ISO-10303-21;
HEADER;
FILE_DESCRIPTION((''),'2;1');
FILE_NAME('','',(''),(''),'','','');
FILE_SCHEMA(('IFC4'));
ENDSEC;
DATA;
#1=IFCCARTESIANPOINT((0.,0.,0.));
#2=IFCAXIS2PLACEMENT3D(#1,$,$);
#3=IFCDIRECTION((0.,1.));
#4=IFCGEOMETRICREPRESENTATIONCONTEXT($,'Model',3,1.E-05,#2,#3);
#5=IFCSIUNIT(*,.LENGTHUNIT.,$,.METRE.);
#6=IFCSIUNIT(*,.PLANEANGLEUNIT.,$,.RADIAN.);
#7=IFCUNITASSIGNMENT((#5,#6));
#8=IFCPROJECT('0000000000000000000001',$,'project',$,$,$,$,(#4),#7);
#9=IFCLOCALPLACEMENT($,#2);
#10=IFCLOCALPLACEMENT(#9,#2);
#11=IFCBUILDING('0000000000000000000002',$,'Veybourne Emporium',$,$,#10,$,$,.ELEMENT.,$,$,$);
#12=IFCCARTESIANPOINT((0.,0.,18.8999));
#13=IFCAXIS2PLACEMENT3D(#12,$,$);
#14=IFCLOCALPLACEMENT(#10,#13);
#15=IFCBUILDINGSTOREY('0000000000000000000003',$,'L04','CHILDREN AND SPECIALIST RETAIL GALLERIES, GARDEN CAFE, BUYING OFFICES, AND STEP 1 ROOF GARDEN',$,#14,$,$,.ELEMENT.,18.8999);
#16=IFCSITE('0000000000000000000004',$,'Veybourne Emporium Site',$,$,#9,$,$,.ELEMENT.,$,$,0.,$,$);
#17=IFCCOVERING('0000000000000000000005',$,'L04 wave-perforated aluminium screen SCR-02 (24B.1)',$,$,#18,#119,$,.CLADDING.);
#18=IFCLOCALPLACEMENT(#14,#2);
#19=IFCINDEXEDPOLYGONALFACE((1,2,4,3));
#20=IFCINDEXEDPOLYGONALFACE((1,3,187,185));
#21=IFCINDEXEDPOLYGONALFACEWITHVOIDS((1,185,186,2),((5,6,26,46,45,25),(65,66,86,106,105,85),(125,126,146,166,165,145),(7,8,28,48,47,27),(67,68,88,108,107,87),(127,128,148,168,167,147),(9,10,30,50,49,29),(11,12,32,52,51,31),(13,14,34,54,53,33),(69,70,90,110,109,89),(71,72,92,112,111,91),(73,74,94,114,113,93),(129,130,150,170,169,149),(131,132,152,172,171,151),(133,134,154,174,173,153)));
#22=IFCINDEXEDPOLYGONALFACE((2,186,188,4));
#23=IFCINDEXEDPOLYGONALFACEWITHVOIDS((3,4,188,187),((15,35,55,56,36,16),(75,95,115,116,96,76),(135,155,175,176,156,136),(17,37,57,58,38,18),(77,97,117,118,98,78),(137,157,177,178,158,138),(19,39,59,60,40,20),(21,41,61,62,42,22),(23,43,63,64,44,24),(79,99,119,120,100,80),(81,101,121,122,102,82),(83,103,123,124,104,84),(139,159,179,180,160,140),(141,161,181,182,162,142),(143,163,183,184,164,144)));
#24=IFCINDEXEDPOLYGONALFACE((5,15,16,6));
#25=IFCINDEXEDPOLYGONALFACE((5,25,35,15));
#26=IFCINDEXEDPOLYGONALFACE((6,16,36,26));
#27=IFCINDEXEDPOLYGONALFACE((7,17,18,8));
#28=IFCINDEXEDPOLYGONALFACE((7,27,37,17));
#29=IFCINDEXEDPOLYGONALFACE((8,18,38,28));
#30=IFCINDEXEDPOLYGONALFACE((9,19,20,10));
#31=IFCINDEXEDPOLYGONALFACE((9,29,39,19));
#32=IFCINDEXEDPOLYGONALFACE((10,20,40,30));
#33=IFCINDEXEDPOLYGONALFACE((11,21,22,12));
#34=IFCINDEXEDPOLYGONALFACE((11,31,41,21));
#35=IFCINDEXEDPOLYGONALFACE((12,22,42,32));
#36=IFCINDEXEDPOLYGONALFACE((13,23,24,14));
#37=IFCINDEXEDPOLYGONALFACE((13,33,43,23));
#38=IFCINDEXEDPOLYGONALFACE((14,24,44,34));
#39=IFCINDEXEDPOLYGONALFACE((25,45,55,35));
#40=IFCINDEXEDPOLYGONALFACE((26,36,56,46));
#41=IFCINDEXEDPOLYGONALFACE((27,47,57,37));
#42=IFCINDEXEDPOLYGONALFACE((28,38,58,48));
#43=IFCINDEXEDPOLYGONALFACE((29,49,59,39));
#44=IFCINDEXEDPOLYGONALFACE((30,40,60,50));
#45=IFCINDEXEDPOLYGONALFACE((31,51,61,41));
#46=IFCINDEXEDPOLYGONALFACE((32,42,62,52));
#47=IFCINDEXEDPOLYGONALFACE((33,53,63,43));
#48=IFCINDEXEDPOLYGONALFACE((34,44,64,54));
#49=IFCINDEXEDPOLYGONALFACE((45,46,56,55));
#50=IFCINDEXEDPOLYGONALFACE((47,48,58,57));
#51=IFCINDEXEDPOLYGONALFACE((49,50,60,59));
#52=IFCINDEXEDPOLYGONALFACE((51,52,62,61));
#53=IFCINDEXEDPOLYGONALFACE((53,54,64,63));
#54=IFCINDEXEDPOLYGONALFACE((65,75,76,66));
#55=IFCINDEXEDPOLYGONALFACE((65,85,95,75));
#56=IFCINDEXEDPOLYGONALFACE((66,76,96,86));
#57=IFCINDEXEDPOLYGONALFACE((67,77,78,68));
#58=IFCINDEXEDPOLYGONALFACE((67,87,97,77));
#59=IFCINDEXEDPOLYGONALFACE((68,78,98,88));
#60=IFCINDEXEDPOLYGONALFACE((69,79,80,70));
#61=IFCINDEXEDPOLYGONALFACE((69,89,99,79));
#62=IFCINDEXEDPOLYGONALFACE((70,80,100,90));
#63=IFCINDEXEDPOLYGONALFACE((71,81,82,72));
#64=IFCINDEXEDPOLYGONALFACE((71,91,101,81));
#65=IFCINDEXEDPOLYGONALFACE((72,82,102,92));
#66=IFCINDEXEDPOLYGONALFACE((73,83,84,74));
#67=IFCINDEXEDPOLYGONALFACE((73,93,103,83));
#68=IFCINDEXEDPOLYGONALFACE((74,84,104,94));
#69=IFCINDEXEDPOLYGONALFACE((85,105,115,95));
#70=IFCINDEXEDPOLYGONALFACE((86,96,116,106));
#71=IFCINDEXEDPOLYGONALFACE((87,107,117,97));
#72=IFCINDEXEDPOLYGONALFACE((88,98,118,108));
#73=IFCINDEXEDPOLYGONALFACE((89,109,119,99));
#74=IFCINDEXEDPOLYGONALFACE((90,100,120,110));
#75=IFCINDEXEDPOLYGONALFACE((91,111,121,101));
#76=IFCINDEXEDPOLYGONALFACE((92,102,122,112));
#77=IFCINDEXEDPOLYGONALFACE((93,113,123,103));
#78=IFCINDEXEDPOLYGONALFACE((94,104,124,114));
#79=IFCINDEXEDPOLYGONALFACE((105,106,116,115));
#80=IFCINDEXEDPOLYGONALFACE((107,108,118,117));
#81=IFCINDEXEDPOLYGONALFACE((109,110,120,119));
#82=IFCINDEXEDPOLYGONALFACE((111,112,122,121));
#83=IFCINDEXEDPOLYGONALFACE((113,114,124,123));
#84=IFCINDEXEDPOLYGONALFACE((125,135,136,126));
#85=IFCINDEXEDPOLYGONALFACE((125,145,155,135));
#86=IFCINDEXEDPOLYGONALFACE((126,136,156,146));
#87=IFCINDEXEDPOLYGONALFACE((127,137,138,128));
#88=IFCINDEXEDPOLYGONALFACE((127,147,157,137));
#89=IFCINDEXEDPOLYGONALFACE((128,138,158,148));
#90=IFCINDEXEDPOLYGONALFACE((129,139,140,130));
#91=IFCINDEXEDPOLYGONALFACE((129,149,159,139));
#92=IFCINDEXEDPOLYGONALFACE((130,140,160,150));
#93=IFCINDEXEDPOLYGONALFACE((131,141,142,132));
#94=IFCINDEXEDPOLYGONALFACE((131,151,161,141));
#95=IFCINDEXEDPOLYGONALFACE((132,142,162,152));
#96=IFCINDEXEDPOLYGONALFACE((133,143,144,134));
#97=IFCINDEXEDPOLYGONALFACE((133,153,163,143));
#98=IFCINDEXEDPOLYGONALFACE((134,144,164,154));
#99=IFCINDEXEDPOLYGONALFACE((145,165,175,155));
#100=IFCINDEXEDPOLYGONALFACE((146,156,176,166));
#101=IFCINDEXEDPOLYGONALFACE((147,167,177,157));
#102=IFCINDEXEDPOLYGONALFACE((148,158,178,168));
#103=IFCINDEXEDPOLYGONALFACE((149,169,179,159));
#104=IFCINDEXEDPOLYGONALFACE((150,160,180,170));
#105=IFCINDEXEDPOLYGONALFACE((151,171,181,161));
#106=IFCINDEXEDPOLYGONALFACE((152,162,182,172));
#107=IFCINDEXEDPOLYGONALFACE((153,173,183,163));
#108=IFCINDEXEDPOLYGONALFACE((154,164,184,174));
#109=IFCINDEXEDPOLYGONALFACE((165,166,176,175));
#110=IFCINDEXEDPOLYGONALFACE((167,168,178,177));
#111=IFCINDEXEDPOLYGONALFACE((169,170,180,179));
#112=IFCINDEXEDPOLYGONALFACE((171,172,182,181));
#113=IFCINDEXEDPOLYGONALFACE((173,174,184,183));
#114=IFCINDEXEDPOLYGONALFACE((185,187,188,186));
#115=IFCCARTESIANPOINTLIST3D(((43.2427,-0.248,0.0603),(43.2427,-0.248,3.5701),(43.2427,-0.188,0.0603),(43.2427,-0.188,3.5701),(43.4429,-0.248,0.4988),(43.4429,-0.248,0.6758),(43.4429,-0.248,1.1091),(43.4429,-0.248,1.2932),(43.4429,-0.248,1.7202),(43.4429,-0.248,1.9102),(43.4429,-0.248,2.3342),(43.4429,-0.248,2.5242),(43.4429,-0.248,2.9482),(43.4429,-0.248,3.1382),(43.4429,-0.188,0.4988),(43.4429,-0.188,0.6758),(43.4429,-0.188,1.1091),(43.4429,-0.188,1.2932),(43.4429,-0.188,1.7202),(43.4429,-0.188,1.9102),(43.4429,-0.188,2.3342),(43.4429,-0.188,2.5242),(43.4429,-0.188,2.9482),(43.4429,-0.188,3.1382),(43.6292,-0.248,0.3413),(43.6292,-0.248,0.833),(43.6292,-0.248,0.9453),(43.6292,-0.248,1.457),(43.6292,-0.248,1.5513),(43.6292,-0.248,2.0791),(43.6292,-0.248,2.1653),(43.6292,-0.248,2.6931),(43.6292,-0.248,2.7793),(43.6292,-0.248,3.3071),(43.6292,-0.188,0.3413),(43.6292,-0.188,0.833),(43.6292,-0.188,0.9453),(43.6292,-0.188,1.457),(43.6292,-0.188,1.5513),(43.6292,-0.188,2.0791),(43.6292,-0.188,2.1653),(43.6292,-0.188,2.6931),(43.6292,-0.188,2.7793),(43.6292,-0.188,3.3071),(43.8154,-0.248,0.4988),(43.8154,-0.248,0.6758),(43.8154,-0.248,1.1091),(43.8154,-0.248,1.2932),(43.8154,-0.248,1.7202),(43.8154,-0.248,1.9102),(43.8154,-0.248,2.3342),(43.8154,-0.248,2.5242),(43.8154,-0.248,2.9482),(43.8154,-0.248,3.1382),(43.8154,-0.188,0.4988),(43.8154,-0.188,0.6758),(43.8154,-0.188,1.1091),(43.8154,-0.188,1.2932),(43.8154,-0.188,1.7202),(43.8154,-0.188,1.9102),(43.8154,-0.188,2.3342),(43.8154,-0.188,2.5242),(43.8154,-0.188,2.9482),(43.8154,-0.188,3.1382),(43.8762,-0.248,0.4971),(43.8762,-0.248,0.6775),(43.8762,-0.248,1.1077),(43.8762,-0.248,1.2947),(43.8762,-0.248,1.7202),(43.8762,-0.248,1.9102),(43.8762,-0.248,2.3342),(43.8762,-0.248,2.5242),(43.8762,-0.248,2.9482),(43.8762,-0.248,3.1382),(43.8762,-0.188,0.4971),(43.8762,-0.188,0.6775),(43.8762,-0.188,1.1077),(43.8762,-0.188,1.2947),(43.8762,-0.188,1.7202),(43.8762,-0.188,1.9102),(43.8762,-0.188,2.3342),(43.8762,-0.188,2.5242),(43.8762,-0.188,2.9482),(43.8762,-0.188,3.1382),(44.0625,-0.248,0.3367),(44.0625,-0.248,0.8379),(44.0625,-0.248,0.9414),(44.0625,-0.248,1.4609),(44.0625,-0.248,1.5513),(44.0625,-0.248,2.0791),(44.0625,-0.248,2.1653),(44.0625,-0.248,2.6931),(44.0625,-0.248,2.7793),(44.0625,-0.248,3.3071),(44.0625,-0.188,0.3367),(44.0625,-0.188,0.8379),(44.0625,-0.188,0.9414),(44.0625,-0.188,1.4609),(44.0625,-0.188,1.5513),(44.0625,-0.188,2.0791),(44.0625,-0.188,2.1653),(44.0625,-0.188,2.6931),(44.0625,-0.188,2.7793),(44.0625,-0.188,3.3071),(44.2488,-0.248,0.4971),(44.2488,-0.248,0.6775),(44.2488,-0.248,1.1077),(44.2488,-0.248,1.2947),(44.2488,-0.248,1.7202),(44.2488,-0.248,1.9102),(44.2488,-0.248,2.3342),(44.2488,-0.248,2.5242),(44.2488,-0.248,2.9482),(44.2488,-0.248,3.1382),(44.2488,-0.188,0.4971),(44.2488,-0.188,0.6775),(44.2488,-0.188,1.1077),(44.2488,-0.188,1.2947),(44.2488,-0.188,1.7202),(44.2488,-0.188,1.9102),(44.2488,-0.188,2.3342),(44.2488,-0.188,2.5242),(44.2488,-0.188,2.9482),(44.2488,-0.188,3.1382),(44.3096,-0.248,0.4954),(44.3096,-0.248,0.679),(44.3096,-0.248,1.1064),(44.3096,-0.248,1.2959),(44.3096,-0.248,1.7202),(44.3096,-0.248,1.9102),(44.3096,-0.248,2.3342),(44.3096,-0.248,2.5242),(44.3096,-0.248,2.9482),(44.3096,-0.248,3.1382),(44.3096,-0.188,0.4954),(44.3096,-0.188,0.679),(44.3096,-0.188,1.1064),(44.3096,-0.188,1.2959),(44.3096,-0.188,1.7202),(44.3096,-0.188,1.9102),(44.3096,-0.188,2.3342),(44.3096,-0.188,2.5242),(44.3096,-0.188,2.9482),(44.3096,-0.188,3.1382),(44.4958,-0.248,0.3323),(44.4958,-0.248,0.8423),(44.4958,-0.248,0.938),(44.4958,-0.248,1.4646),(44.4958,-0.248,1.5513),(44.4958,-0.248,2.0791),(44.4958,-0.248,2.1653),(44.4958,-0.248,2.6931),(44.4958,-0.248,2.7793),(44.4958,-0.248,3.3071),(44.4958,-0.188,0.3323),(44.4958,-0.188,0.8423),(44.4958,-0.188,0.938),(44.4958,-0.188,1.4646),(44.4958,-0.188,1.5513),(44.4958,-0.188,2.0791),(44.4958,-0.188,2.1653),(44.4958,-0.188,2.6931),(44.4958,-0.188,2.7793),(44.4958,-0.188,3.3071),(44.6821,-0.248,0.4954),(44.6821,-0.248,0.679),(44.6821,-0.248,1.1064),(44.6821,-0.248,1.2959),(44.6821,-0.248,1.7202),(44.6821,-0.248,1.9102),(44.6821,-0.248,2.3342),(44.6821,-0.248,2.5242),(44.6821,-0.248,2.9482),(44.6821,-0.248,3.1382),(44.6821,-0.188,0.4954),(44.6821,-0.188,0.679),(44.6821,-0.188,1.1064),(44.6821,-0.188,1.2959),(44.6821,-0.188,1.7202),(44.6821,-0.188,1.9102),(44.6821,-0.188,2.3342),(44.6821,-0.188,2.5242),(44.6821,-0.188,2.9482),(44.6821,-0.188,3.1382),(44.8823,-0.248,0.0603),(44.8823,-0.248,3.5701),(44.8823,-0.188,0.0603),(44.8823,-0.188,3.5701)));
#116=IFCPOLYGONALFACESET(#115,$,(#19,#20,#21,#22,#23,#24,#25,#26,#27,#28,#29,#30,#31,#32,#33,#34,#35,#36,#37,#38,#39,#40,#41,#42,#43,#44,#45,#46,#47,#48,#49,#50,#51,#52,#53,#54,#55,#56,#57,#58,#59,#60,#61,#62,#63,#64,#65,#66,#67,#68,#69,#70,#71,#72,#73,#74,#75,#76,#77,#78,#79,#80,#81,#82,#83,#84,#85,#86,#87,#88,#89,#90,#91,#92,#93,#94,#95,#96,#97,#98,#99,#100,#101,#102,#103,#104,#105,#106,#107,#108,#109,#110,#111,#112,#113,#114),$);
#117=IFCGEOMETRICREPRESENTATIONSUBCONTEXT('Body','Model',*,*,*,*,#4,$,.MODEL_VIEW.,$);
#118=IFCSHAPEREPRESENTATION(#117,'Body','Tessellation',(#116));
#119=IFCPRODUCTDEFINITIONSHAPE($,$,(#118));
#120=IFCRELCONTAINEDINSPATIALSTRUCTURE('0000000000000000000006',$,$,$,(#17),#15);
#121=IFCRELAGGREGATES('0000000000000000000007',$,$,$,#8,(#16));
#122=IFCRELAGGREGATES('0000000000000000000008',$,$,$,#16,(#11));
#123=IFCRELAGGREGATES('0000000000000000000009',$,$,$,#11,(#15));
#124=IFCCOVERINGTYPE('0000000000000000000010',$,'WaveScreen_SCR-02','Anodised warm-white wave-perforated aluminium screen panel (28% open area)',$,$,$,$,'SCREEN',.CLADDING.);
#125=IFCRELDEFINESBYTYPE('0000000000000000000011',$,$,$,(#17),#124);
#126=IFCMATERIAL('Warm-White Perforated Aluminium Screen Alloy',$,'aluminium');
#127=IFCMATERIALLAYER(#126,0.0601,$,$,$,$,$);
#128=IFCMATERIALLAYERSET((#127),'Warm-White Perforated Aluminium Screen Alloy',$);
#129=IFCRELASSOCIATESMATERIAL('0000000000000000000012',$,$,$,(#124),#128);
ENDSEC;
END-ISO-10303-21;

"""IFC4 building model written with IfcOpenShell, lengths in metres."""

from ifc_helpers import new_model, si_unit, direction, frame, origin, place, context, subcontext, project, spatial, polyline, outline, extrude, material, layer, layer_set, type_object, element, save


model = new_model("IFC4")

# Units and contexts
model_context = context("Model", 3, precision=1e-05, world=origin(), true_north=direction((0.0, 1.0)))
body_context = subcontext(model_context, "Body", "Model", "MODEL_VIEW")
ifc_project = project(units=[si_unit("LENGTHUNIT", "METRE"), si_unit("PLANEANGLEUNIT", "RADIAN")], contexts=[model_context])

# Site, building, storey
site_placement = place(None, origin())
site = spatial("IfcSite", under=ifc_project, at=site_placement, Name="Veybourne Emporium Site", CompositionType="ELEMENT", RefElevation=0.0)
building_placement = place(site_placement, origin())
building = spatial("IfcBuilding", under=site, at=building_placement, Name="Veybourne Emporium", CompositionType="ELEMENT")
storey_placement = place(building_placement, frame((0.0, 0.0, 18.8999)))
storey = spatial("IfcBuildingStorey", under=building, at=storey_placement, Name="L04", Description="CHILDREN AND SPECIALIST RETAIL GALLERIES, GARDEN CAFE, BUYING OFFICES, AND STEP 1 ROOF GARDEN", CompositionType="ELEMENT", Elevation=18.8999)

# Covering
ifc_material_1 = material(Name="Warm-White Perforated Aluminium Screen Alloy", Category="aluminium")
ifc_layer_1 = layer(ifc_material_1, 0.0601)
ifc_layer_set_1 = layer_set([ifc_layer_1], Name="Warm-White Perforated Aluminium Screen Alloy")
covering_type_1 = type_object("IfcCoveringType", Name="WaveScreen_SCR-02", Description="Anodised warm-white wave-perforated aluminium screen panel (28% open area)", ElementType="SCREEN", PredefinedType="CLADDING", material=ifc_layer_set_1)
covering_1_placement = place(storey_placement, frame((44.0625, -0.248, 1.8152), z_axis=(0.0, 1.0, 0.0), x_axis=(-1.0, 0.0, 0.0)))
element("IfcCovering", 1, at=covering_1_placement, inside=storey, type_object=covering_type_1, Name="L04 wave-perforated aluminium screen SCR-02 (24B.1)", PredefinedType="CLADDING", context=body_context, shape_type="SweptSolid", body=[
    extrude(outline(polyline([(-0.8198, -1.7549), (0.8198, -1.7549), (0.8198, 1.7549), (-0.8198, 1.7549), (-0.8198, -1.7549)]), holes=[polyline([(-0.4333, -0.9729), (-0.2471, -1.1362), (-0.2471, -1.3198), (-0.4333, -1.4829), (-0.6196, -1.3198), (-0.6196, -1.1362), (-0.4333, -0.9729)]), polyline([(-0.4333, -0.3506), (-0.2471, -0.5193), (-0.2471, -0.7087), (-0.4333, -0.8772), (-0.6196, -0.7087), (-0.6196, -0.5193), (-0.4333, -0.3506)]), polyline([(-0.4333, 0.2639), (-0.2471, 0.095), (-0.2471, -0.095), (-0.4333, -0.2639), (-0.6196, -0.095), (-0.6196, 0.095), (-0.4333, 0.2639)]), polyline([(-0.4333, 0.8779), (-0.2471, 0.709), (-0.2471, 0.519), (-0.4333, 0.3501), (-0.6196, 0.519), (-0.6196, 0.709), (-0.4333, 0.8779)]), polyline([(-0.4333, 1.4919), (-0.2471, 1.323), (-0.2471, 1.1331), (-0.4333, 0.9641), (-0.6196, 1.1331), (-0.6196, 1.323), (-0.4333, 1.4919)]), polyline([(0.0, -0.9773), (0.1863, -1.1377), (0.1863, -1.3181), (0.0, -1.4785), (-0.1863, -1.3181), (-0.1863, -1.1377), (0.0, -0.9773)]), polyline([(0.0, -0.3542), (0.1863, -0.5205), (0.1863, -0.7075), (0.0, -0.8738), (-0.1863, -0.7075), (-0.1863, -0.5205), (0.0, -0.3542)]), polyline([(0.0, 0.2639), (0.1863, 0.095), (0.1863, -0.095), (0.0, -0.2639), (-0.1863, -0.095), (-0.1863, 0.095), (0.0, 0.2639)]), polyline([(0.0, 0.8779), (0.1863, 0.709), (0.1863, 0.519), (0.0, 0.3501), (-0.1863, 0.519), (-0.1863, 0.709), (0.0, 0.8779)]), polyline([(0.0, 1.4919), (0.1863, 1.323), (0.1863, 1.1331), (0.0, 0.9641), (-0.1863, 1.1331), (-0.1863, 1.323), (0.0, 1.4919)]), polyline([(0.4333, -0.9822), (0.6196, -1.1394), (0.6196, -1.3164), (0.4333, -1.4739), (0.2471, -1.3164), (0.2471, -1.1394), (0.4333, -0.9822)]), polyline([(0.4333, -0.3582), (0.6196, -0.522), (0.6196, -0.7061), (0.4333, -0.8699), (0.2471, -0.7061), (0.2471, -0.522), (0.4333, -0.3582)]), polyline([(0.4333, 0.2639), (0.6196, 0.095), (0.6196, -0.095), (0.4333, -0.2639), (0.2471, -0.095), (0.2471, 0.095), (0.4333, 0.2639)]), polyline([(0.4333, 0.8779), (0.6196, 0.709), (0.6196, 0.519), (0.4333, 0.3501), (0.2471, 0.519), (0.2471, 0.709), (0.4333, 0.8779)]), polyline([(0.4333, 1.4919), (0.6196, 1.323), (0.6196, 1.1331), (0.4333, 0.9641), (0.2471, 1.1331), (0.2471, 1.323), (0.4333, 1.4919)])]), origin(), (0.0, 0.0, 1.0), 0.0601),
])

save(model, "model.ifc")
